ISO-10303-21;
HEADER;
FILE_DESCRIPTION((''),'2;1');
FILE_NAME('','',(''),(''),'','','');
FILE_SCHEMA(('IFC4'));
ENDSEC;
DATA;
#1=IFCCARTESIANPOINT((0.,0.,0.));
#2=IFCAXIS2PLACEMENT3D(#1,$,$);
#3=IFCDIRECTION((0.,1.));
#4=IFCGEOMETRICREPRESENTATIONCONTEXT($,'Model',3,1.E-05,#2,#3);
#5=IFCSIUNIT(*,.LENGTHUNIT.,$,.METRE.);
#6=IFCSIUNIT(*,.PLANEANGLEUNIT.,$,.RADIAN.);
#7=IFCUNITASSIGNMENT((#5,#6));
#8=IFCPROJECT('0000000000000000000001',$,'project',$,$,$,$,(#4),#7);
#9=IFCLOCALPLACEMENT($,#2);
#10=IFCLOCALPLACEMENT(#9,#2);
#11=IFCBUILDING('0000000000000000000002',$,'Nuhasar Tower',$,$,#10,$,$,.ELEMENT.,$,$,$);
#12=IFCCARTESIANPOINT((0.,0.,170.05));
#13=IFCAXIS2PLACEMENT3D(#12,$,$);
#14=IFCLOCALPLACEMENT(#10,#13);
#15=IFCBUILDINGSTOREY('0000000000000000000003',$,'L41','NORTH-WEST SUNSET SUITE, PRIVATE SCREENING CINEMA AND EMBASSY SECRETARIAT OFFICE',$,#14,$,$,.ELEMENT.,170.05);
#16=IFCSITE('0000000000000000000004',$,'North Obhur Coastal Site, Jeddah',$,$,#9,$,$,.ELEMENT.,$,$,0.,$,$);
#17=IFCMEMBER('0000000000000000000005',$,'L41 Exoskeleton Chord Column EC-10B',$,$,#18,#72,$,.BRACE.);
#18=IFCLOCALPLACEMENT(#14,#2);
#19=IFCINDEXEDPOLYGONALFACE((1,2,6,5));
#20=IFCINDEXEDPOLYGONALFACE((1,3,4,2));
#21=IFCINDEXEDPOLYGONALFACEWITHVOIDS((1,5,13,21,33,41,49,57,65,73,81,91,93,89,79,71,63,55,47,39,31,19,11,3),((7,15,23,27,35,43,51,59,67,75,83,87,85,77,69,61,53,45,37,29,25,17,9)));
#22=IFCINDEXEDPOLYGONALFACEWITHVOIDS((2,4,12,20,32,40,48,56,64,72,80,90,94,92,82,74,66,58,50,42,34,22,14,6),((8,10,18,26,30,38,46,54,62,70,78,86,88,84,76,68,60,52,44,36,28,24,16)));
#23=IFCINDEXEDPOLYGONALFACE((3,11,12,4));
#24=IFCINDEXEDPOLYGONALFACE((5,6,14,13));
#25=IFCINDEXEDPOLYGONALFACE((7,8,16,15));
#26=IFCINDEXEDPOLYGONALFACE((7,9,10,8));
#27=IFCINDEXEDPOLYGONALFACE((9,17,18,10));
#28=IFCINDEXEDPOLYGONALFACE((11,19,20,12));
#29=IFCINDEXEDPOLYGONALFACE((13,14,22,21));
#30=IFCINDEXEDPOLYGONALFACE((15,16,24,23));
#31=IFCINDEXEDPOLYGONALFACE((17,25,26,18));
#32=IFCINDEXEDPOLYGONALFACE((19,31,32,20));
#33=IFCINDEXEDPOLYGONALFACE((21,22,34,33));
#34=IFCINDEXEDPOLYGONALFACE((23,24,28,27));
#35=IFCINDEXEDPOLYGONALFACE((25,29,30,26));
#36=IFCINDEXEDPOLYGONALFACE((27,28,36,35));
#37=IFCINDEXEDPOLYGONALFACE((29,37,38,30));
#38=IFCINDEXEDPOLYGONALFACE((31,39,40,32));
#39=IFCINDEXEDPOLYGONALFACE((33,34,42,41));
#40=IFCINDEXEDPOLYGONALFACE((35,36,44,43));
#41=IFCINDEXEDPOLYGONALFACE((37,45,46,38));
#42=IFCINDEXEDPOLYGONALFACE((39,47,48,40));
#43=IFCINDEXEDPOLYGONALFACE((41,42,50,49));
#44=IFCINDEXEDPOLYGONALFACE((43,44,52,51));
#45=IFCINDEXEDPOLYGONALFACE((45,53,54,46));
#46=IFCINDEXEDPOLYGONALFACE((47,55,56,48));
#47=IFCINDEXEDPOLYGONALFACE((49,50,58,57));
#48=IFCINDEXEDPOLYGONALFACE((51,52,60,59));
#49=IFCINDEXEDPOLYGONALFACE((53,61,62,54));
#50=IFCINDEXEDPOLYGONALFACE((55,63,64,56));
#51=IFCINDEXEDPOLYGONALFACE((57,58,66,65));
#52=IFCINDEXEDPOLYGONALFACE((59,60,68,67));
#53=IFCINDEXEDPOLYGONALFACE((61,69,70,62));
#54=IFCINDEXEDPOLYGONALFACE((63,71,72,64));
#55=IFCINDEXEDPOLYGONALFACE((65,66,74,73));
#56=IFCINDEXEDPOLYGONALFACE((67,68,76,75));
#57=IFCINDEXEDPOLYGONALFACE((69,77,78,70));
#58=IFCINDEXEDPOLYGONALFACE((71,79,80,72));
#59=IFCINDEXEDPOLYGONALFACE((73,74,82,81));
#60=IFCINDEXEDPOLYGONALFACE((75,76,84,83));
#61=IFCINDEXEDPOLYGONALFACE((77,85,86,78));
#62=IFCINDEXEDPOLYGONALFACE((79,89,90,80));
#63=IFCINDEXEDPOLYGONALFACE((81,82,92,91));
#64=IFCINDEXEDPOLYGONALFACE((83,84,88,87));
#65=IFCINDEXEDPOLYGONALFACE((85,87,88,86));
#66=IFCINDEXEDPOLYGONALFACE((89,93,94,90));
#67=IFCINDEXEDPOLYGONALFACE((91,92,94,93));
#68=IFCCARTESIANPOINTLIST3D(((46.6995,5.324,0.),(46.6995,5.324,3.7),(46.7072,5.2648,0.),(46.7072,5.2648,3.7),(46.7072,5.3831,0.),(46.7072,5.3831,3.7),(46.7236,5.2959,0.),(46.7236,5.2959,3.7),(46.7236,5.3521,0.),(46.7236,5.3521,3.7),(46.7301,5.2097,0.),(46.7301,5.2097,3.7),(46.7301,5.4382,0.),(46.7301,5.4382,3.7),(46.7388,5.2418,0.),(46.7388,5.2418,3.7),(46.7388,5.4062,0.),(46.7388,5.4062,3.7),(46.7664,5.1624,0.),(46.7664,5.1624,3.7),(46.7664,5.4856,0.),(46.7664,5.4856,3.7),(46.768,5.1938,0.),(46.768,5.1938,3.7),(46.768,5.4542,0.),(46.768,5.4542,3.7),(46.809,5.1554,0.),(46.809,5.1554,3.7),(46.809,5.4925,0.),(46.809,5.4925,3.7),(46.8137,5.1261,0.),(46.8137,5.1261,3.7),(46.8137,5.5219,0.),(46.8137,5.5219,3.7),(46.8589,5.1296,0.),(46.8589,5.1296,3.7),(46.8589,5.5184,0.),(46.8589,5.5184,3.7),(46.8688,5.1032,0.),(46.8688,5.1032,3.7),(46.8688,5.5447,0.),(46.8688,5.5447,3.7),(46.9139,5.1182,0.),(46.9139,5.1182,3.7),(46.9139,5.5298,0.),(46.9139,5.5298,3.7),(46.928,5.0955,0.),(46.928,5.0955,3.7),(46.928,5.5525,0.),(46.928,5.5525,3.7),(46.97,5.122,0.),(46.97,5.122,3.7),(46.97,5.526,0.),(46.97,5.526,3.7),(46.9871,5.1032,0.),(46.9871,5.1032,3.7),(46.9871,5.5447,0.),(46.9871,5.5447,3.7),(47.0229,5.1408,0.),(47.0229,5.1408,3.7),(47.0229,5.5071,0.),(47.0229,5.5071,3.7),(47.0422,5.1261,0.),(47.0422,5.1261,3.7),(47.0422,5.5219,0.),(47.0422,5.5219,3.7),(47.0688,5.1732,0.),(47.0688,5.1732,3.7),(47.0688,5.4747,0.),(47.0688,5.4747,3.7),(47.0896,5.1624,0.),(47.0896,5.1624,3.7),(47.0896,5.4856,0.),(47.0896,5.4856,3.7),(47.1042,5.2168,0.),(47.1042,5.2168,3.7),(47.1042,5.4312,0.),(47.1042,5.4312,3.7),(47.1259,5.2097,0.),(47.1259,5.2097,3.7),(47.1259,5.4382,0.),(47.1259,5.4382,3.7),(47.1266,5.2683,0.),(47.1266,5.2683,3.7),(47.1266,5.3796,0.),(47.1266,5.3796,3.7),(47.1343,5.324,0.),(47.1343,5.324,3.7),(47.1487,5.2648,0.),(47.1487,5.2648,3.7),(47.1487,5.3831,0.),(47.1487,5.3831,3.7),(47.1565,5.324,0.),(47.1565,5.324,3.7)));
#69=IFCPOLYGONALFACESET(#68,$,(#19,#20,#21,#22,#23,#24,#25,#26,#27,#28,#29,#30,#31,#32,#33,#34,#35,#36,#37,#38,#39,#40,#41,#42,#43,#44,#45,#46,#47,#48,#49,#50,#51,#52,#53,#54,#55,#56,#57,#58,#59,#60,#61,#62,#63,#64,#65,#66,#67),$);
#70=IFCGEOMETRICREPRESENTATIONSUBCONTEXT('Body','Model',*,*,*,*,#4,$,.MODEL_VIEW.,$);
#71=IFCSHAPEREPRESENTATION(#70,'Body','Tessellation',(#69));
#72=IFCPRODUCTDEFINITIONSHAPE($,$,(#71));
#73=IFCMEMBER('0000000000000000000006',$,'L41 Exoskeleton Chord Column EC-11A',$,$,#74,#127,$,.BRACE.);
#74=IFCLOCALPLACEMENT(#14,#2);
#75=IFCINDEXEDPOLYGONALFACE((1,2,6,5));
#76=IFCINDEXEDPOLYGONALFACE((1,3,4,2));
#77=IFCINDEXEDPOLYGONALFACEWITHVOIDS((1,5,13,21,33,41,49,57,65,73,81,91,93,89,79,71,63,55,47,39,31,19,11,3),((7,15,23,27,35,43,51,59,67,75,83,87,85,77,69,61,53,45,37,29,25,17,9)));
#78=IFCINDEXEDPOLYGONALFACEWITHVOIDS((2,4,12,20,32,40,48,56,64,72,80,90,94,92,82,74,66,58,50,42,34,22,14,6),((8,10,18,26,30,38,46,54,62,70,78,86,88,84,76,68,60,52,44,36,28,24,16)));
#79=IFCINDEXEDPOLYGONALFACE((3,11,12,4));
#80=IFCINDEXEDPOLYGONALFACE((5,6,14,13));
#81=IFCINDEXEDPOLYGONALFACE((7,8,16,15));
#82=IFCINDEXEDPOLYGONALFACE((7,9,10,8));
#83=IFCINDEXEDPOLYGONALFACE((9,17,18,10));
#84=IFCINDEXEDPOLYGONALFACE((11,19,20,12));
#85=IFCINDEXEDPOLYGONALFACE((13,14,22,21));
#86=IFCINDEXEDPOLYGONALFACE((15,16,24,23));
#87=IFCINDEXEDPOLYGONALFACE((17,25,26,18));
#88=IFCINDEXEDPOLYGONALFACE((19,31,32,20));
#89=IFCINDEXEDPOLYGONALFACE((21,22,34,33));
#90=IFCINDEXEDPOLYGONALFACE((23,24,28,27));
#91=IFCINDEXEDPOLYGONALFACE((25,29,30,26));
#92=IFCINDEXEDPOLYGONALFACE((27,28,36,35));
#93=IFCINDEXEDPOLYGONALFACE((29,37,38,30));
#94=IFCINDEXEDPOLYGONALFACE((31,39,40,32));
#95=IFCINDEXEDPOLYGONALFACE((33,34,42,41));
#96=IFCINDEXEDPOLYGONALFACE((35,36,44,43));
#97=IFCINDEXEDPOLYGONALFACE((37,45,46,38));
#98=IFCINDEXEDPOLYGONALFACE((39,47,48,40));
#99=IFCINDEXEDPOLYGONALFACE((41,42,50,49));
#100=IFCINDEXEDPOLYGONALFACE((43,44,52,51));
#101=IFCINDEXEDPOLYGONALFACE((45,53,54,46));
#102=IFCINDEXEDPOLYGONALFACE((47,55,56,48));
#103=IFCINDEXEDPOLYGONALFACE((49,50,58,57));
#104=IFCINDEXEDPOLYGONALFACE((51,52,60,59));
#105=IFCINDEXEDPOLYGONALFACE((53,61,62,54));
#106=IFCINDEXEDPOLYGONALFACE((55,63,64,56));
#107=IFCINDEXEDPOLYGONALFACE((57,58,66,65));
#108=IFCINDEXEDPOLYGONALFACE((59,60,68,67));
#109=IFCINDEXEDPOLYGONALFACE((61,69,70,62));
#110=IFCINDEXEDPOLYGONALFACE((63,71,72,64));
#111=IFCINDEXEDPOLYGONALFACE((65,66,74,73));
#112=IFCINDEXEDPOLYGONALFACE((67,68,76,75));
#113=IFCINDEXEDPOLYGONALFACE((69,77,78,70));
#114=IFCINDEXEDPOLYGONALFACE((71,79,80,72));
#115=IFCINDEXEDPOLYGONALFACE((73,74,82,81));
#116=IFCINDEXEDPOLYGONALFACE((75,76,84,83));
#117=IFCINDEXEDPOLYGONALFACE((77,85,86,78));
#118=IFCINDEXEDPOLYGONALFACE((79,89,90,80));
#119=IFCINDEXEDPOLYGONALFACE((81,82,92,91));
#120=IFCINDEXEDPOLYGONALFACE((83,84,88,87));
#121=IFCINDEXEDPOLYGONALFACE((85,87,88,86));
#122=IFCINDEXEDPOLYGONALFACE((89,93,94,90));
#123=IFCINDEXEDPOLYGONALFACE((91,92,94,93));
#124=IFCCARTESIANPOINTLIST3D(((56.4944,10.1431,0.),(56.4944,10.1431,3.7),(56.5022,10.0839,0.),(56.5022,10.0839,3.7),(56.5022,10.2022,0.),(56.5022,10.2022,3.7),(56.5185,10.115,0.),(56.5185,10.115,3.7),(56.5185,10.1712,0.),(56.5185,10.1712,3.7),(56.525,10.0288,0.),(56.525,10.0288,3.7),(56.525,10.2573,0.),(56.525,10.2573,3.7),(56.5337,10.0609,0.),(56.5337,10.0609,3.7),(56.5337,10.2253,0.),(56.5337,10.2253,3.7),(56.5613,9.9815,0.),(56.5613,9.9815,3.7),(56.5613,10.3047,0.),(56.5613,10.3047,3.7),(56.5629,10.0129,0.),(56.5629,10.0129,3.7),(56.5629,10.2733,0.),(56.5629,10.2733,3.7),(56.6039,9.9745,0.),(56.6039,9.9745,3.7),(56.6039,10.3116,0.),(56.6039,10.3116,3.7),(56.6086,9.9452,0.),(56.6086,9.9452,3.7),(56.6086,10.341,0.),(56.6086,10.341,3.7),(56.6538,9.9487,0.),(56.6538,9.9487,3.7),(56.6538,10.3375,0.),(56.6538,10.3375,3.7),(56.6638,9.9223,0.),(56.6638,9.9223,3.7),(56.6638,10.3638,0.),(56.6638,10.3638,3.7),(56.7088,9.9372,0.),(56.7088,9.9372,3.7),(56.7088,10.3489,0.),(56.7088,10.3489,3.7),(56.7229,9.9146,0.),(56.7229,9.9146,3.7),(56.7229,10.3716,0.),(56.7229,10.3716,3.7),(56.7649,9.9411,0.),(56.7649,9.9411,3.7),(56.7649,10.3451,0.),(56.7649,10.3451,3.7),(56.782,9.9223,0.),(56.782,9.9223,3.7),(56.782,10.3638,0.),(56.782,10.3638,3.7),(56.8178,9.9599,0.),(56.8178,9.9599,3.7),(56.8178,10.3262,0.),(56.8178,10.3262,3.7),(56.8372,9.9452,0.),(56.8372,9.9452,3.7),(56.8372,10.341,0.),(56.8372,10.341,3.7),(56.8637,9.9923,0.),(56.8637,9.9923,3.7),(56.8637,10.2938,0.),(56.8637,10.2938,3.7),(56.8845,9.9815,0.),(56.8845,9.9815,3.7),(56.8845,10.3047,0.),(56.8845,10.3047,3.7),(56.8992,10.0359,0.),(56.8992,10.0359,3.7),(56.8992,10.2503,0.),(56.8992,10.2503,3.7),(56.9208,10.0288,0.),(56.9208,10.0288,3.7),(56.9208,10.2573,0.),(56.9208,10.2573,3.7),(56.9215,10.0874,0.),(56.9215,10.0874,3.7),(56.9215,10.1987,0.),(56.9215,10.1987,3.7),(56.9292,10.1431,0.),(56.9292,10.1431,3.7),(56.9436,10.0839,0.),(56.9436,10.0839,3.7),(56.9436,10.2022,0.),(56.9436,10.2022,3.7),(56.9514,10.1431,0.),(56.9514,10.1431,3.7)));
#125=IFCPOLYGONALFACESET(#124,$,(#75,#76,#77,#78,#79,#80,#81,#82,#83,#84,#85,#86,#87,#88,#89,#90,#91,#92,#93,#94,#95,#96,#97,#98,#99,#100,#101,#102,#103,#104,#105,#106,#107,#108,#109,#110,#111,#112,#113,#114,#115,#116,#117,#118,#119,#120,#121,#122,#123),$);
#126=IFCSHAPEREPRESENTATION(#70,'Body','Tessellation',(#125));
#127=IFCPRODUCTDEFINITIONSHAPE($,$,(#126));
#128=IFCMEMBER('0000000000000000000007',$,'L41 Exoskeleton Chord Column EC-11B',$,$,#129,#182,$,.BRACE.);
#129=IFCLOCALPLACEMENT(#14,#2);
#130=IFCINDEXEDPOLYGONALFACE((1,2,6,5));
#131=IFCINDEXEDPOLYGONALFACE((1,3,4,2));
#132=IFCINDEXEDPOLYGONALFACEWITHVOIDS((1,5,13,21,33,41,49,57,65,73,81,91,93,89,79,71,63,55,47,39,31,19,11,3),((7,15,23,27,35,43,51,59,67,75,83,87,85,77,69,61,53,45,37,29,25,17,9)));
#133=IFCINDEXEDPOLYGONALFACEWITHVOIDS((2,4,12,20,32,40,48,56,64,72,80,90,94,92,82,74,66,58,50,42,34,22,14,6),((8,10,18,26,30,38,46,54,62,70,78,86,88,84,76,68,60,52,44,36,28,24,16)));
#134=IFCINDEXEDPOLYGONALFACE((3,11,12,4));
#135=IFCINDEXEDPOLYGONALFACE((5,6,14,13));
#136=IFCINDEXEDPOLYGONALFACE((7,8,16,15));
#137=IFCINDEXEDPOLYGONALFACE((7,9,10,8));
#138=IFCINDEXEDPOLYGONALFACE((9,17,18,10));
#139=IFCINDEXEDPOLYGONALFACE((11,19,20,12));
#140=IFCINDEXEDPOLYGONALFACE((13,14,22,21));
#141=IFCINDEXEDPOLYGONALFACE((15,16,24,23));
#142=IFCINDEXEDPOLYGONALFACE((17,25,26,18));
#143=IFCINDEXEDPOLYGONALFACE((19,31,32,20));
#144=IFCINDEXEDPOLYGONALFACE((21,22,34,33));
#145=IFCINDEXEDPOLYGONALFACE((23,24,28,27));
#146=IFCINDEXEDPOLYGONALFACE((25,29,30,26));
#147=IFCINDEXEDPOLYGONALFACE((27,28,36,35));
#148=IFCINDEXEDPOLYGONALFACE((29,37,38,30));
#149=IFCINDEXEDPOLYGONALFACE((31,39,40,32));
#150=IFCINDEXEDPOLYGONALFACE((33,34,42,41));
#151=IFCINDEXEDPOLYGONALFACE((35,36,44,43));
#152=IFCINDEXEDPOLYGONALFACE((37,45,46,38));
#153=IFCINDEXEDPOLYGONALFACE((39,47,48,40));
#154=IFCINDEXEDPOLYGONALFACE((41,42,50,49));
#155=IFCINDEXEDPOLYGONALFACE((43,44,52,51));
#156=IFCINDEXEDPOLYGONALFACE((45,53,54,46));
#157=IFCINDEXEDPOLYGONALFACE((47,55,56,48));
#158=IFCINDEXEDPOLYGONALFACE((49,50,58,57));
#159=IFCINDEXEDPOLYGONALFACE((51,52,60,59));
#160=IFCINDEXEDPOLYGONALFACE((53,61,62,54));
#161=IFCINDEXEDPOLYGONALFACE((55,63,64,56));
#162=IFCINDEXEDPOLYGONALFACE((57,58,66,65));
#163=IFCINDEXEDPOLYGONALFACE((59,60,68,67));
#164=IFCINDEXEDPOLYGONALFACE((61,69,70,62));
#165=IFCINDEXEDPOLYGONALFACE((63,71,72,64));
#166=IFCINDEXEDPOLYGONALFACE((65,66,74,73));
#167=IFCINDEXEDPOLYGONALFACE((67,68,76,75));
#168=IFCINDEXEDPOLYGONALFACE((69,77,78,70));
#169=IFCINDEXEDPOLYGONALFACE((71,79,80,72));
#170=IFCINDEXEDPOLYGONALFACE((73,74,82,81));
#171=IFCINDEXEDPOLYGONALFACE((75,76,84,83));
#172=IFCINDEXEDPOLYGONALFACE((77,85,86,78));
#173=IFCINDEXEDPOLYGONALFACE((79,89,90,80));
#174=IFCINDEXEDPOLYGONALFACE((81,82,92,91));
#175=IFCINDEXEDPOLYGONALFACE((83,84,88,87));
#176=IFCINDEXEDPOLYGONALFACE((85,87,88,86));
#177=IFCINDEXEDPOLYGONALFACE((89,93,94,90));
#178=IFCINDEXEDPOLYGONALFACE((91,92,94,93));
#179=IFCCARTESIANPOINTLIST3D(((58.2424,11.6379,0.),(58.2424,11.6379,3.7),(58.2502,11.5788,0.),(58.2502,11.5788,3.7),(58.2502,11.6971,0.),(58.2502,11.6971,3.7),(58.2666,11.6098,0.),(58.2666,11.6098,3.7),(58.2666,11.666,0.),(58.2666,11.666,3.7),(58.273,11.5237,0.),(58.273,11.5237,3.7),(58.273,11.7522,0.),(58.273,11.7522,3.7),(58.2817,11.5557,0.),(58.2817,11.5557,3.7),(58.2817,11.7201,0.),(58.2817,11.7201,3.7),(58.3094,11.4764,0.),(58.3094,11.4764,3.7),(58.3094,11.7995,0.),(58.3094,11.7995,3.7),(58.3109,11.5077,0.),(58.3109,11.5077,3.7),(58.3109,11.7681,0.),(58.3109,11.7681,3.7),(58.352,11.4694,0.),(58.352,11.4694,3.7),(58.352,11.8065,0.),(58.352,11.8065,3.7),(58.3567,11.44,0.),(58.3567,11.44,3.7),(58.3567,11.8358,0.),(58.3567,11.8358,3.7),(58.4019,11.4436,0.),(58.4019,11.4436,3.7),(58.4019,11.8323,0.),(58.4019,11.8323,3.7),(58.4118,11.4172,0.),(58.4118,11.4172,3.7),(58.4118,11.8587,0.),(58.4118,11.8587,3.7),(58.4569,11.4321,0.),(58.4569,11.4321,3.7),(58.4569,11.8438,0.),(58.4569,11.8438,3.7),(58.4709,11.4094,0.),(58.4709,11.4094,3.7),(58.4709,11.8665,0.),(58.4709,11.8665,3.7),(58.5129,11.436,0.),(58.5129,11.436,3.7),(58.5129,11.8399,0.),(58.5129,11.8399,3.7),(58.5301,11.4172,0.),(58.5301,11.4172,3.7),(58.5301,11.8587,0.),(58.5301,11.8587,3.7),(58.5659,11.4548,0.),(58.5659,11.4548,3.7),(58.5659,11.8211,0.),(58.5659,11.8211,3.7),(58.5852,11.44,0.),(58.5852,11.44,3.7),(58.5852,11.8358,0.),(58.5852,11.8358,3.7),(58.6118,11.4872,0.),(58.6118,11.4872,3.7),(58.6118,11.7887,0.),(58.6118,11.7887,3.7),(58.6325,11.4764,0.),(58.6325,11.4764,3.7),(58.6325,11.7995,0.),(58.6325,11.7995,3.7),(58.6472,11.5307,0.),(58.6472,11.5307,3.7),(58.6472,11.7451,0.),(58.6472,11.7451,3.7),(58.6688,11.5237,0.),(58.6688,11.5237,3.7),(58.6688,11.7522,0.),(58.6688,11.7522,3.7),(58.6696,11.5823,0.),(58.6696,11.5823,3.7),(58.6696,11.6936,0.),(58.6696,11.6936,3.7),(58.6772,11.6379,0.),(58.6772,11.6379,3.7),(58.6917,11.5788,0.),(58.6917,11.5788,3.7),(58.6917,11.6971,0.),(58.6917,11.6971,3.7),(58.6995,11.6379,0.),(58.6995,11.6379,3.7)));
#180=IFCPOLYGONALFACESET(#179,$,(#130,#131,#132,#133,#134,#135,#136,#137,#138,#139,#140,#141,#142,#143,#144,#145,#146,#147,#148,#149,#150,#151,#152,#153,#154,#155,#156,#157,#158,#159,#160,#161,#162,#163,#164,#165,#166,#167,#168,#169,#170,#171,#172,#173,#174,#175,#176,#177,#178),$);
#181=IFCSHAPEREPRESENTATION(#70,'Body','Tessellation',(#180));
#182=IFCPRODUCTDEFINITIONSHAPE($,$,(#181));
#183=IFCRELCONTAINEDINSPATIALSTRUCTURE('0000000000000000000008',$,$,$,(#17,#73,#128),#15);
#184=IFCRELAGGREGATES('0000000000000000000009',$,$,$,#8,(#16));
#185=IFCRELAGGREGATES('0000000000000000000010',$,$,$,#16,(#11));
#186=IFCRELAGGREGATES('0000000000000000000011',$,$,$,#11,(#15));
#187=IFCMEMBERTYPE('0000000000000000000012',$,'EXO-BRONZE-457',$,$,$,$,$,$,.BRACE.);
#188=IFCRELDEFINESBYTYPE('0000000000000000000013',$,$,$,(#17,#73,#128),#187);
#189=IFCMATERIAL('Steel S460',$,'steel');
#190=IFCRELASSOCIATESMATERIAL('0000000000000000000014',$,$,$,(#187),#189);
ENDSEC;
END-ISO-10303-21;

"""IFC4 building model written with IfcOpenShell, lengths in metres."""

from ifc_helpers import new_model, si_unit, direction, frame, origin, origin_2d, place, context, subcontext, project, spatial, hollow_circle, extrude, material, material_profile, profile_set, type_object, element, save


model = new_model("IFC4")

# Units and contexts
model_context = context("Model", 3, precision=1e-05, world=origin(), true_north=direction((0.0, 1.0)))
body_context = subcontext(model_context, "Body", "Model", "MODEL_VIEW")
ifc_project = project(units=[si_unit("LENGTHUNIT", "METRE"), si_unit("PLANEANGLEUNIT", "RADIAN")], contexts=[model_context])

# Site, building, storey
site_placement = place(None, origin())
site = spatial("IfcSite", under=ifc_project, at=site_placement, Name="North Obhur Coastal Site, Jeddah", CompositionType="ELEMENT", RefElevation=0.0)
building_placement = place(site_placement, origin())
building = spatial("IfcBuilding", under=site, at=building_placement, Name="Nuhasar Tower", CompositionType="ELEMENT")
storey_placement = place(building_placement, frame((0.0, 0.0, 170.05)))
storey = spatial("IfcBuildingStorey", under=building, at=storey_placement, Name="L41", Description="NORTH-WEST SUNSET SUITE, PRIVATE SCREENING CINEMA AND EMBASSY SECRETARIAT OFFICE", CompositionType="ELEMENT", Elevation=170.05)

# Members
ifc_material_1 = material(Name="Steel S460", Category="steel")
ifc_material_profile_1 = material_profile(ifc_material_1, hollow_circle(Radius=0.2285, WallThickness=0.0222, at=origin_2d()), Name="HSS457X22.2")
ifc_profile_set_1 = profile_set([ifc_material_profile_1], Name="Steel S460")
member_type_1 = type_object("IfcMemberType", Name="EXO-BRONZE-457", PredefinedType="BRACE", material=ifc_profile_set_1)
for number, where, z_axis, x_axis, name in (
    (1, (46.928, 5.324, 0.0), (0.0, 0.0, 1.0), (1.0, 0.0, 0.0), "L41 Exoskeleton Chord Column EC-10B"),
    (2, (56.7229, 10.1431, 0.0), (0.0, 0.0, 1.0), (1.0, 0.0, 0.0), "L41 Exoskeleton Chord Column EC-11A"),
    (3, (58.4709, 11.6379, 0.0), (0.0, 0.0, 1.0), (1.0, 0.0, 0.0), "L41 Exoskeleton Chord Column EC-11B"),
):
    element("IfcMember", number, at=place(storey_placement, frame(where, z_axis=z_axis, x_axis=x_axis)), inside=storey, type_object=member_type_1, Name=name, PredefinedType="BRACE", context=body_context, shape_type="SweptSolid", body=[
        extrude(hollow_circle(Radius=0.2285, WallThickness=0.0222, at=origin_2d()), origin(), (0.0, 0.0, 1.0), 3.7),
    ])

save(model, "model.ifc")
